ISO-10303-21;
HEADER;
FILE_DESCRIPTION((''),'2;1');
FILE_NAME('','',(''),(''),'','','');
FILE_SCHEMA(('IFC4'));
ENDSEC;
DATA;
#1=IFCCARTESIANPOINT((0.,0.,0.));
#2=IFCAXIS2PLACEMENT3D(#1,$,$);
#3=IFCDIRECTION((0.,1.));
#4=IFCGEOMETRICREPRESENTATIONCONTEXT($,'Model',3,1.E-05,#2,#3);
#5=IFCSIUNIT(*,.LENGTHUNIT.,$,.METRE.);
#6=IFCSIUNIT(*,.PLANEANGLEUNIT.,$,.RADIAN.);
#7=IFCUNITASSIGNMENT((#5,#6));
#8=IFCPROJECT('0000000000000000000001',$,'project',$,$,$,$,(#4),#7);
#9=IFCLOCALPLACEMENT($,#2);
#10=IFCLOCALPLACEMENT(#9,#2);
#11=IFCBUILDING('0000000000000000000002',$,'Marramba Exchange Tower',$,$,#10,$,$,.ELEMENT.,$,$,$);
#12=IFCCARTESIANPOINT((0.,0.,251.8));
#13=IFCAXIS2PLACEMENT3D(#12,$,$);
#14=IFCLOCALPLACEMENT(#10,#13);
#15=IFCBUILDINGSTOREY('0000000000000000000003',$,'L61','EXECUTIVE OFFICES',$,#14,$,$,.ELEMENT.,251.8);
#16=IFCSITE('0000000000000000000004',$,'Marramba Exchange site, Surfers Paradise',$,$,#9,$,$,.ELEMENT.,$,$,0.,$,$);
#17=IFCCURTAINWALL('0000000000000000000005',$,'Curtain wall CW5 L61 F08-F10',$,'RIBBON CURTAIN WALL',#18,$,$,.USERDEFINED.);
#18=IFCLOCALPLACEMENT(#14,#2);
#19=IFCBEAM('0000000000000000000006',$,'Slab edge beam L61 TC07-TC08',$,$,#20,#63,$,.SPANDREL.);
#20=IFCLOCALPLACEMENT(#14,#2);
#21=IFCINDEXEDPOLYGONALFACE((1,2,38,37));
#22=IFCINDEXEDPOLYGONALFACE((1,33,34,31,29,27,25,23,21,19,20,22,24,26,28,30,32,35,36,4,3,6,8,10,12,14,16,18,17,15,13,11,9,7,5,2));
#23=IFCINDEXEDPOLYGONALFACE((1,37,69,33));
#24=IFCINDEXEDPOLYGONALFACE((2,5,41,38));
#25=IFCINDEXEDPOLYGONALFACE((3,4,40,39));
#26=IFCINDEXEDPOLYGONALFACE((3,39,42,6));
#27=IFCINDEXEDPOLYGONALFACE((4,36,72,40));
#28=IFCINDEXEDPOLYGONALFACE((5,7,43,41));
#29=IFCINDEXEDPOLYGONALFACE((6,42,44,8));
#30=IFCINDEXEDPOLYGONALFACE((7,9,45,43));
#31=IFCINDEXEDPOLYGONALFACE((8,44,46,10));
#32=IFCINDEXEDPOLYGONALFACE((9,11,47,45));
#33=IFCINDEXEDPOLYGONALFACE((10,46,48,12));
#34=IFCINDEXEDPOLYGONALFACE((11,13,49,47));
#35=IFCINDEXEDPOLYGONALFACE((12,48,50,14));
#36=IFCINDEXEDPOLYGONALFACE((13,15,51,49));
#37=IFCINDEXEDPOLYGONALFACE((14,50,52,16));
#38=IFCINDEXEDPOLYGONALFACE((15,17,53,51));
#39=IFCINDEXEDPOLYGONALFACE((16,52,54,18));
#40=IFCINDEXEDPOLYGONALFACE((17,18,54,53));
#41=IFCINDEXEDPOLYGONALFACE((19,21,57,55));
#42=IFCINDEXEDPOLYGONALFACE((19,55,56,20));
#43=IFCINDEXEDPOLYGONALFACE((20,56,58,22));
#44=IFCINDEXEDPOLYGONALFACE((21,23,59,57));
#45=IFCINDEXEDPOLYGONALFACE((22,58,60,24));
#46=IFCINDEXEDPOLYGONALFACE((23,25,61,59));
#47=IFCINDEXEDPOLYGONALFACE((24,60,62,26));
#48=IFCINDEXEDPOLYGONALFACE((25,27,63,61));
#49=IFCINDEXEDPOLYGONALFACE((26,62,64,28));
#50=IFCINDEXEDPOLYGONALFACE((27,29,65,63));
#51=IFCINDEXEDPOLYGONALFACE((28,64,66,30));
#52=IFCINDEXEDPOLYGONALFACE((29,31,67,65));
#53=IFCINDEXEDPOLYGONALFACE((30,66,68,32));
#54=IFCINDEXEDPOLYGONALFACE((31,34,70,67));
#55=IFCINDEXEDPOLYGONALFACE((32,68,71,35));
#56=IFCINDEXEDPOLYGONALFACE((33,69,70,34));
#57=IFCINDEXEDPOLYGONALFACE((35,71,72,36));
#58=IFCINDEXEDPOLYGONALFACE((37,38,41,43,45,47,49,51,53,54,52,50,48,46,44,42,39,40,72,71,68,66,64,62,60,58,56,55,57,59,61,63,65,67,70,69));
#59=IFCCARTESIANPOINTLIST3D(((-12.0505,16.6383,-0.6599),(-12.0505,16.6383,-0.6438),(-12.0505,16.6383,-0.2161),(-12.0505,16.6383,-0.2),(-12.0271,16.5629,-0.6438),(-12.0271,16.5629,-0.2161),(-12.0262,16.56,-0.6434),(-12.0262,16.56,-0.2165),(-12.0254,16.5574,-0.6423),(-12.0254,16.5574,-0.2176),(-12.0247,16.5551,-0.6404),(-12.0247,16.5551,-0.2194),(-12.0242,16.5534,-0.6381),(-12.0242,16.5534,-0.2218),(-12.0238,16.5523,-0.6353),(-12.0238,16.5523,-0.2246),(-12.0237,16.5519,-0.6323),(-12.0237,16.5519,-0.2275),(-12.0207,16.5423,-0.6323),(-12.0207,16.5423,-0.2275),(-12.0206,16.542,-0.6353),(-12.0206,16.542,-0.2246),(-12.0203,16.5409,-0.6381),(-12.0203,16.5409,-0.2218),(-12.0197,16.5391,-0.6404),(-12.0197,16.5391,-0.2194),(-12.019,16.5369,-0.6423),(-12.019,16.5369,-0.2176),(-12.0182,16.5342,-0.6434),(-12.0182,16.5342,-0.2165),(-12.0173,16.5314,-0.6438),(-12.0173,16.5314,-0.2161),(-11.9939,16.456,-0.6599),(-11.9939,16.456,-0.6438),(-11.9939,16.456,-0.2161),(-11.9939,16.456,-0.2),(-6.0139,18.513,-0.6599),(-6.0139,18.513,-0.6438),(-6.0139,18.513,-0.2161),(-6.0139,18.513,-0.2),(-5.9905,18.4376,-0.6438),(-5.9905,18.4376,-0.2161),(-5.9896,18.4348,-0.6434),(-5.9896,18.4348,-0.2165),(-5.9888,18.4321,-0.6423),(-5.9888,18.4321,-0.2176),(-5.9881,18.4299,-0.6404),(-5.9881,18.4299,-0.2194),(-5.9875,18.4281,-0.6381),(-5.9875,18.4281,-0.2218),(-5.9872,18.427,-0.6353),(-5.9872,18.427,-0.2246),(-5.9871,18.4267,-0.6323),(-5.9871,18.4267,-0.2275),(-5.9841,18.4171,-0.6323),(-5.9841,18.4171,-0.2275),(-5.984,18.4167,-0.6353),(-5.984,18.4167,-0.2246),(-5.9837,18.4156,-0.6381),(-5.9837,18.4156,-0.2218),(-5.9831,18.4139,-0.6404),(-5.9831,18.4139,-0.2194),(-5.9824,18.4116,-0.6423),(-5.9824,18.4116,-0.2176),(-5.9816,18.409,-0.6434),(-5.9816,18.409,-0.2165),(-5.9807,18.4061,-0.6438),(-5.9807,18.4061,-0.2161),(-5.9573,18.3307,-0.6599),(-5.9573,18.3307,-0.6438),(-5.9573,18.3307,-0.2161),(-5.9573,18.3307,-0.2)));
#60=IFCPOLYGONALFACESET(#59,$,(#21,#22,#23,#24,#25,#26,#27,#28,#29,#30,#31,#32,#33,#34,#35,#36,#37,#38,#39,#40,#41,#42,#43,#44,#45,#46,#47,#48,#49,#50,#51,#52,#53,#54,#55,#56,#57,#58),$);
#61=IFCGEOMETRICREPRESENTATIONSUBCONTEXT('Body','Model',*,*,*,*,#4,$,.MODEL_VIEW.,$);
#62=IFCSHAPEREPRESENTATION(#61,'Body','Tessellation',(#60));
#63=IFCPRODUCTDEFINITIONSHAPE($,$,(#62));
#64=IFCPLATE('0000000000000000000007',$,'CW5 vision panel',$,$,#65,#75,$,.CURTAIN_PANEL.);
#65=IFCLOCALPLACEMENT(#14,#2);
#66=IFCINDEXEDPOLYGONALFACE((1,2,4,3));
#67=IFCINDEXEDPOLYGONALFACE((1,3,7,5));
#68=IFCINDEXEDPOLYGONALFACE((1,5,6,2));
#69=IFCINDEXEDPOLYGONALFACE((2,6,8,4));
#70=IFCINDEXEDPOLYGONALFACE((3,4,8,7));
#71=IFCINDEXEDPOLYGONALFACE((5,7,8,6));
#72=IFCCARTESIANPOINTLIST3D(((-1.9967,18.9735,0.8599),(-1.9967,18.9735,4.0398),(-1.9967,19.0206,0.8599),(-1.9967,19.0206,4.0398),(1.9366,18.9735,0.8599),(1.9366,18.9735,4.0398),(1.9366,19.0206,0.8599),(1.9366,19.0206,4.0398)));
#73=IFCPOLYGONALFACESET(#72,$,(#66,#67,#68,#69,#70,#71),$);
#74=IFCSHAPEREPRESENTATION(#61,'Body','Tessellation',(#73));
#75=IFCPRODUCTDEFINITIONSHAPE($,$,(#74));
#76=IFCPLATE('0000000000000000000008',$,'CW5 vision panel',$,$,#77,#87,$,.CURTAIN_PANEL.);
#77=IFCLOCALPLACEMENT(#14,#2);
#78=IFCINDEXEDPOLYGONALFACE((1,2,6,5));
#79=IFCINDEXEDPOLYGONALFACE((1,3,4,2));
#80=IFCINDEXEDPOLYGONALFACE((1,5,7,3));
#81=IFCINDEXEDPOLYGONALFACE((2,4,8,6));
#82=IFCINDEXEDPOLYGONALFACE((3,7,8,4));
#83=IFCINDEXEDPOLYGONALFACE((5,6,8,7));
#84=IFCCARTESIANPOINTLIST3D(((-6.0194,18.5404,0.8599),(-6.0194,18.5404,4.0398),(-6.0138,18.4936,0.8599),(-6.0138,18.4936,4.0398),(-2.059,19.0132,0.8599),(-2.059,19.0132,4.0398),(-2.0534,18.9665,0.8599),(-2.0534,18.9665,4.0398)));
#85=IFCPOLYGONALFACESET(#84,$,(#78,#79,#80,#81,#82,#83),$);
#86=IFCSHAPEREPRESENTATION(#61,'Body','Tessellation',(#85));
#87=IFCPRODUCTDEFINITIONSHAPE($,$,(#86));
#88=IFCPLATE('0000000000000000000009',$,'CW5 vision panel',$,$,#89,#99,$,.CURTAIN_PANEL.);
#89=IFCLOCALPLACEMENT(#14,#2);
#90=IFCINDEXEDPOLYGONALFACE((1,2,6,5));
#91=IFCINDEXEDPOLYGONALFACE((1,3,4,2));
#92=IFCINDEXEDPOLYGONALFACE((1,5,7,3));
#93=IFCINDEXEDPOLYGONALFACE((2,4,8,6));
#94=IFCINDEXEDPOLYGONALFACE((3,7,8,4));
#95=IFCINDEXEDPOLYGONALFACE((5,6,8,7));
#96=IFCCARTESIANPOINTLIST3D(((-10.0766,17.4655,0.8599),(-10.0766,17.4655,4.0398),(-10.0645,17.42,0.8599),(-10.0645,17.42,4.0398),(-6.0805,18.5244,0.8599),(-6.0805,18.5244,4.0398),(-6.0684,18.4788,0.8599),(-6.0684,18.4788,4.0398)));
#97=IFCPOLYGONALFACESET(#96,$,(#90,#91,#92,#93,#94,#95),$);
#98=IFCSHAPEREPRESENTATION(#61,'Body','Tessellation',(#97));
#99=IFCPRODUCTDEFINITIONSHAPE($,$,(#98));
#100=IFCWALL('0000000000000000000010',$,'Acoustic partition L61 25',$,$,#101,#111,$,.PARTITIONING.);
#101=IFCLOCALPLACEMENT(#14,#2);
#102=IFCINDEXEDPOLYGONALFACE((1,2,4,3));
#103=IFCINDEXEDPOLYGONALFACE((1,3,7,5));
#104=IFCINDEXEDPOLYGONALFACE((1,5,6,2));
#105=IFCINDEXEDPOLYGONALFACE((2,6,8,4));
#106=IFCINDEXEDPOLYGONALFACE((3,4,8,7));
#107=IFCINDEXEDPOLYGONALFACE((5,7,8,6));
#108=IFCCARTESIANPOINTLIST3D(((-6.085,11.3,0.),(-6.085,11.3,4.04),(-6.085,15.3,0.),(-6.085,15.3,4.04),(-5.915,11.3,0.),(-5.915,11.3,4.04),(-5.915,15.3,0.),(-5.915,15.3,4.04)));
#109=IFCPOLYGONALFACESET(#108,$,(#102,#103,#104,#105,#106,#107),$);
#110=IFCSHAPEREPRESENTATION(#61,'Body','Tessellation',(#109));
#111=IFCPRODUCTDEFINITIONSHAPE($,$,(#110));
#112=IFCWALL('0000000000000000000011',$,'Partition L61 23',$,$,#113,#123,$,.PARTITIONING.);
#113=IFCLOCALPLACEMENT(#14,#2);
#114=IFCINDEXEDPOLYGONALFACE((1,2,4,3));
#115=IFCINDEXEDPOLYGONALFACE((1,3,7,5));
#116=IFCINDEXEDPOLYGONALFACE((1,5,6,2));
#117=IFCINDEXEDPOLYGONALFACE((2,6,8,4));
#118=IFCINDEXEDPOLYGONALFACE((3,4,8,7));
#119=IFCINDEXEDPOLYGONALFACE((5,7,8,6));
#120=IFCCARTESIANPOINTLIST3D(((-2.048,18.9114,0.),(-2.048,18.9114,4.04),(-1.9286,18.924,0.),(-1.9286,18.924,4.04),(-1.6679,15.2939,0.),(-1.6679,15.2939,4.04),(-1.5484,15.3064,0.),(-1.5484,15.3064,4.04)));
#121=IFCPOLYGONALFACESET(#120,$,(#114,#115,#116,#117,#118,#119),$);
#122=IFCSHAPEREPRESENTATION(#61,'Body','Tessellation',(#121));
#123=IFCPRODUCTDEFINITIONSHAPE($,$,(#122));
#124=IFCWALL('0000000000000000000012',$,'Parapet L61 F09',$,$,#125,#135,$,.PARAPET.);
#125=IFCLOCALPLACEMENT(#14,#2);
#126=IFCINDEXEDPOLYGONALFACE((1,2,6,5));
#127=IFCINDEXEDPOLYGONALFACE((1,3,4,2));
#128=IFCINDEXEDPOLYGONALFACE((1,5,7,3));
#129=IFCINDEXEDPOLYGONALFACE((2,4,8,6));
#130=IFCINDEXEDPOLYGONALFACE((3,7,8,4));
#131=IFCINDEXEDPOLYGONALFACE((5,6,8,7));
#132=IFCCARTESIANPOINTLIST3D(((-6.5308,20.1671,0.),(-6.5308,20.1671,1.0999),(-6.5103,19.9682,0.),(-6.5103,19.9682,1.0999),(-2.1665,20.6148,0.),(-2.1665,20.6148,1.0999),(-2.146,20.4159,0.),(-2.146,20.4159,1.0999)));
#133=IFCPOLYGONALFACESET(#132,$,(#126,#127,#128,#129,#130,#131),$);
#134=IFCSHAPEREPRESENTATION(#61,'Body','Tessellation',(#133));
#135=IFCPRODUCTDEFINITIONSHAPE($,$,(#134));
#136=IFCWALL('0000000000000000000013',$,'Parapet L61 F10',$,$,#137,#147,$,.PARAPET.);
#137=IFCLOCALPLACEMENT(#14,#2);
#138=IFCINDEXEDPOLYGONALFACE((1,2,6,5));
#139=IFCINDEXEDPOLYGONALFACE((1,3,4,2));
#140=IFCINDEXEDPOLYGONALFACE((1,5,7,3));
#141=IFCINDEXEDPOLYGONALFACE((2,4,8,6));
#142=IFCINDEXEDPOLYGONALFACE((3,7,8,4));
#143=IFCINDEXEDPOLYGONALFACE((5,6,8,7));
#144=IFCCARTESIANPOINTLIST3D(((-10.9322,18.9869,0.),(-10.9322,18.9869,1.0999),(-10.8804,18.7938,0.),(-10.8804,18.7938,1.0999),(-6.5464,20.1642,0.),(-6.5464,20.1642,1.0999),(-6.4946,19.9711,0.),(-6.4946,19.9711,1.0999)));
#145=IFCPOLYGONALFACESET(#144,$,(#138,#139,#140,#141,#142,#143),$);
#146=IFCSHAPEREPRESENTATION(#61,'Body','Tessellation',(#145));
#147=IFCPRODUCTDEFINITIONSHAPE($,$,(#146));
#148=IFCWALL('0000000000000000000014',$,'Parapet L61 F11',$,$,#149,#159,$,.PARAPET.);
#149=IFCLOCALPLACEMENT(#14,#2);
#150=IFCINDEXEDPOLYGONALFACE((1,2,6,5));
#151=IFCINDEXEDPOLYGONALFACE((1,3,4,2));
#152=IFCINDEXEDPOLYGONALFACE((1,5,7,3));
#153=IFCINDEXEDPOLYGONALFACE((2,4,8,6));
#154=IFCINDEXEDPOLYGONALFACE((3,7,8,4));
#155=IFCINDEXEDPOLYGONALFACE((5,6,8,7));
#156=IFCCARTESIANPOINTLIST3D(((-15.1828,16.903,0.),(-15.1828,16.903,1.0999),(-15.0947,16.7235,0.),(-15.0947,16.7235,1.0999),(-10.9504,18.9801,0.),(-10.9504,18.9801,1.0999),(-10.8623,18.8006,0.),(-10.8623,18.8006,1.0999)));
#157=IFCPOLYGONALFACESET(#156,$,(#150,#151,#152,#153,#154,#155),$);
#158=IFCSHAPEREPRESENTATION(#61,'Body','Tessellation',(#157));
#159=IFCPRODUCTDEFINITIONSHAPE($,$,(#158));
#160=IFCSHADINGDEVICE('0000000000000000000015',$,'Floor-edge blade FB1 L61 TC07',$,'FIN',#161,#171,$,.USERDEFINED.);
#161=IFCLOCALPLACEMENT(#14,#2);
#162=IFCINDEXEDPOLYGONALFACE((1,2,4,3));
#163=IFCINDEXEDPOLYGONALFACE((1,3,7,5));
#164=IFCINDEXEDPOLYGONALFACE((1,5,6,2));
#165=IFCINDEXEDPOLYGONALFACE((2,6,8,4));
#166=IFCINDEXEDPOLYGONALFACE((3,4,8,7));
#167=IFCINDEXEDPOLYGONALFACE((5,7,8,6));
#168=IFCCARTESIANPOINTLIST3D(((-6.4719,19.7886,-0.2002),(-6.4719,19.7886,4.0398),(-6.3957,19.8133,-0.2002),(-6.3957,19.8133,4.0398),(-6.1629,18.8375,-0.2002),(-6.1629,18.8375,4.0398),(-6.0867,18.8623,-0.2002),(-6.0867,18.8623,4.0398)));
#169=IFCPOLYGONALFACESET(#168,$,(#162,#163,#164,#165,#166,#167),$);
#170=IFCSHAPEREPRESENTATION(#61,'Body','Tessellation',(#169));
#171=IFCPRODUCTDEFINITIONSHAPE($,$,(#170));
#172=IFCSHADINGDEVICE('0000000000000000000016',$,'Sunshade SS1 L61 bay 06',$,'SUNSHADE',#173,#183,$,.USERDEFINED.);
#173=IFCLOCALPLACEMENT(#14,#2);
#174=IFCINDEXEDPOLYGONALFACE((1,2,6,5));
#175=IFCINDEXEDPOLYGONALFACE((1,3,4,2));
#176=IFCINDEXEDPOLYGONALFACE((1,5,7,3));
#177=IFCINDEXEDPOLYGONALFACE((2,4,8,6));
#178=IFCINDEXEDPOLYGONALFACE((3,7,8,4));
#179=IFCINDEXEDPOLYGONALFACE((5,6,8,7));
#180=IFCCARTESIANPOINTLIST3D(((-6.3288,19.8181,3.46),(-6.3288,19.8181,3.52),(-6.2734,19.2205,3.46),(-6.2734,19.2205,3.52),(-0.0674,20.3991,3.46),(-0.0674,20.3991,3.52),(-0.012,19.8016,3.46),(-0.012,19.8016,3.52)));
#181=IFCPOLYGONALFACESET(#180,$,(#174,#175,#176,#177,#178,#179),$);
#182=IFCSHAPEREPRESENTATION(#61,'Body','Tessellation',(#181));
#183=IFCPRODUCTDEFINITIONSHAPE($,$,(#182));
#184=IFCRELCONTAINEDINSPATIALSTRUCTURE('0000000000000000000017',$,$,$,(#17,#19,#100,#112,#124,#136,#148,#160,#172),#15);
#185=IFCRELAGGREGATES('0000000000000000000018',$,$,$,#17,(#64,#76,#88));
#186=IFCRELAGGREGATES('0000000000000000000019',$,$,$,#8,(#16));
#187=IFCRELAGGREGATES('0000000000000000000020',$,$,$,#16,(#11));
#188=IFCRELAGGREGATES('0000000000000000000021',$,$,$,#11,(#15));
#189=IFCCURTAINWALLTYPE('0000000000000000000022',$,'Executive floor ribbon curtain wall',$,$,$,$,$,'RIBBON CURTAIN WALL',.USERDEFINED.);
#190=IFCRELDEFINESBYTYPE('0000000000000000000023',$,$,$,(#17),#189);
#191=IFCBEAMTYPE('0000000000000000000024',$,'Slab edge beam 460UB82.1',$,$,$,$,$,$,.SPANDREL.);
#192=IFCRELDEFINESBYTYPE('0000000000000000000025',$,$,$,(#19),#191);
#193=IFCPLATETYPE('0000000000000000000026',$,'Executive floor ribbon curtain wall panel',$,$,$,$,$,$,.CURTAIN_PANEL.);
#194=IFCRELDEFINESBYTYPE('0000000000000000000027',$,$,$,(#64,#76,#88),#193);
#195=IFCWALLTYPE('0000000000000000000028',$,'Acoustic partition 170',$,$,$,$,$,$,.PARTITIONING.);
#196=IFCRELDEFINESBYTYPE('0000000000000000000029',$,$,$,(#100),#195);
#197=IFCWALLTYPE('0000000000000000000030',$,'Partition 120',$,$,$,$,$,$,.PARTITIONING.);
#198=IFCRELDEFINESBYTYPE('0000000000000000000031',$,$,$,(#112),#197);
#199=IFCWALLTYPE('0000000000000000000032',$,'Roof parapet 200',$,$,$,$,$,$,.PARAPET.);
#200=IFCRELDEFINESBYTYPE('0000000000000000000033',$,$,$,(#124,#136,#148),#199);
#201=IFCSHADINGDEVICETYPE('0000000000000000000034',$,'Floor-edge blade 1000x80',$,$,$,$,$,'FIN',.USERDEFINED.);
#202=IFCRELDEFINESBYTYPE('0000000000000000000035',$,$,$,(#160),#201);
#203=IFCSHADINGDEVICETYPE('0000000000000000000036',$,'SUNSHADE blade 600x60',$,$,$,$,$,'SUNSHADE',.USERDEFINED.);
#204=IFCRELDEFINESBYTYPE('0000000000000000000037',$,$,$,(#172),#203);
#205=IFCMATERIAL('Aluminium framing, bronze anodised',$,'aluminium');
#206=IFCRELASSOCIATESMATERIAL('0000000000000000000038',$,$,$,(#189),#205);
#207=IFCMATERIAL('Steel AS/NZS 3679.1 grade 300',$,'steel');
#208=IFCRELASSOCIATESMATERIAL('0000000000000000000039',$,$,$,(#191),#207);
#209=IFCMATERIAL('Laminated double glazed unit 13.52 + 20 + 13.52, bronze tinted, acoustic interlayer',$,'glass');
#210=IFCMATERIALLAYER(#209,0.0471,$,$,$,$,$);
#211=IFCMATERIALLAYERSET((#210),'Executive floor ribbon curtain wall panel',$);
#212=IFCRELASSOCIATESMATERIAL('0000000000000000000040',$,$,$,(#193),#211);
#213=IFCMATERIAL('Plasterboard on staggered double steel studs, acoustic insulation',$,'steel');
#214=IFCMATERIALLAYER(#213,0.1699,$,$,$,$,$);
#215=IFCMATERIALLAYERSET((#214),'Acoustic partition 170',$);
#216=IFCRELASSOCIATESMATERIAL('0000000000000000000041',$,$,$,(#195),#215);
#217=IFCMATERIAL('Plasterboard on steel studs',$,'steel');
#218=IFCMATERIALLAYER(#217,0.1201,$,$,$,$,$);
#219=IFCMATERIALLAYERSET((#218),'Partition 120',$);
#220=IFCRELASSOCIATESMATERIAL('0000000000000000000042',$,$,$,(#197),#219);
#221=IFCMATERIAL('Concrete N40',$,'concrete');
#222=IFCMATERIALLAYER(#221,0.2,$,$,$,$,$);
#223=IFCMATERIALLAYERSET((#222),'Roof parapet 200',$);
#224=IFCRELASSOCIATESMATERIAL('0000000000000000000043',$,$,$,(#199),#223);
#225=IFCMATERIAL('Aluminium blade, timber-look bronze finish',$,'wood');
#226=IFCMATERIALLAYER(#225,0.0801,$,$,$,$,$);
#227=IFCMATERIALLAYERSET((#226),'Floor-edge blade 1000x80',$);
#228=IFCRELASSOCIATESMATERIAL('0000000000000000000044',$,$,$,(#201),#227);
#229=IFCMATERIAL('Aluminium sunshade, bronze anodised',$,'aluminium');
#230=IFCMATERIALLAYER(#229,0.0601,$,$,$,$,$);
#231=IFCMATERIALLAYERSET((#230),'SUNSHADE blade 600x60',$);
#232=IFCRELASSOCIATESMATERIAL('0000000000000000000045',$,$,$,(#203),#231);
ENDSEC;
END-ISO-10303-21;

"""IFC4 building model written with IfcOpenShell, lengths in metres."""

from ifc_helpers import new_model, si_unit, direction, frame, frame_2d, origin, origin_2d, place, context, subcontext, project, spatial, rectangle, i_section, extrude, material, layer, layer_set, material_profile, profile_set, type_object, element, aggregate, save


model = new_model("IFC4")

# Units and contexts
model_context = context("Model", 3, precision=1e-05, world=origin(), true_north=direction((0.0, 1.0)))
body_context = subcontext(model_context, "Body", "Model", "MODEL_VIEW")
ifc_project = project(units=[si_unit("LENGTHUNIT", "METRE"), si_unit("PLANEANGLEUNIT", "RADIAN")], contexts=[model_context])

# Site, building, storey
site_placement = place(None, origin())
site = spatial("IfcSite", under=ifc_project, at=site_placement, Name="Marramba Exchange site, Surfers Paradise", CompositionType="ELEMENT", RefElevation=0.0)
building_placement = place(site_placement, origin())
building = spatial("IfcBuilding", under=site, at=building_placement, Name="Marramba Exchange Tower", CompositionType="ELEMENT")
storey_placement = place(building_placement, frame((0.0, 0.0, 251.8)))
storey = spatial("IfcBuildingStorey", under=building, at=storey_placement, Name="L61", Description="EXECUTIVE OFFICES", CompositionType="ELEMENT", Elevation=251.8)

# Curtain wall
ifc_material_1 = material(Name="Aluminium framing, bronze anodised", Category="aluminium")
curtain_wall_type = type_object("IfcCurtainWallType", Name="Executive floor ribbon curtain wall", ElementType="RIBBON CURTAIN WALL", PredefinedType="USERDEFINED", material=ifc_material_1)
curtain_wall_1_placement = place(storey_placement, origin())
curtain_wall_1 = element("IfcCurtainWall", 1, at=curtain_wall_1_placement, inside=storey, type_object=curtain_wall_type, Name="Curtain wall CW5 L61 F08-F10", ObjectType="RIBBON CURTAIN WALL", PredefinedType="USERDEFINED")

# Beam
ifc_material_2 = material(Name="Steel AS/NZS 3679.1 grade 300", Category="steel")
ifc_material_profile_1 = material_profile(ifc_material_2, i_section(OverallWidth=0.1909, OverallDepth=0.46, WebThickness=0.01, FlangeThickness=0.0161, FilletRadius=0.0115, at=origin_2d()), Name="460UB82.1")
ifc_profile_set_1 = profile_set([ifc_material_profile_1], Name="Steel AS/NZS 3679.1 grade 300")
beam_type_1 = type_object("IfcBeamType", Name="Slab edge beam 460UB82.1", PredefinedType="SPANDREL", material=ifc_profile_set_1)
beam_1_placement = place(storey_placement, frame((-5.9856, 18.4219, -0.4299), z_axis=(-0.955005, -0.29659, 0.0), x_axis=(0.29659, -0.955005, 0.0)))
element("IfcBeam", 2, at=beam_1_placement, inside=storey, type_object=beam_type_1, Name="Slab edge beam L61 TC07-TC08", PredefinedType="SPANDREL", context=body_context, shape_type="SweptSolid", body=[
    extrude(i_section(OverallWidth=0.1909, OverallDepth=0.46, WebThickness=0.01, FlangeThickness=0.0161, FilletRadius=0.0115, at=origin_2d()), origin(), (0.0, 0.0, 1.0), 6.321),
])

# Plates
ifc_material_3 = material(Name="Laminated double glazed unit 13.52 + 20 + 13.52, bronze tinted, acoustic interlayer", Category="glass")
ifc_layer_1 = layer(ifc_material_3, 0.0471)
ifc_layer_set_1 = layer_set([ifc_layer_1], Name="Executive floor ribbon curtain wall panel")
plate_type = type_object("IfcPlateType", Name="Executive floor ribbon curtain wall panel", PredefinedType="CURTAIN_PANEL", material=ifc_layer_set_1)
plate_1_placement = place(storey_placement, frame((-0.03, 18.9971, 0.8599), z_axis=(0.0, 0.0, 1.0), x_axis=(-1.0, 0.0, 0.0)))
plate_1 = element("IfcPlate", 3, at=plate_1_placement, type_object=plate_type, Name="CW5 vision panel", PredefinedType="CURTAIN_PANEL", context=body_context, shape_type="SweptSolid", body=[
    extrude(rectangle(XDim=3.9333, YDim=0.0471, at=origin_2d()), origin(), (0.0, 0.0, 1.0), 3.1799),
])
plate_2_placement = place(storey_placement, frame((-4.0364, 18.7534, 0.8599), z_axis=(0.0, 0.0, 1.0), x_axis=(-0.992947, -0.118557, 0.0)))
plate_2 = element("IfcPlate", 4, at=plate_2_placement, type_object=plate_type, Name="CW5 vision panel", PredefinedType="CURTAIN_PANEL", context=body_context, shape_type="SweptSolid", body=[
    extrude(rectangle(XDim=3.9885, YDim=0.0471, at=origin_2d()), origin(), (0.0, 0.0, 1.0), 3.1799),
])
plate_3_placement = place(storey_placement, frame((-8.0725, 17.9722, 0.8599), z_axis=(0.0, 0.0, 1.0), x_axis=(-0.966644, -0.256126, 0.0)))
plate_3 = element("IfcPlate", 5, at=plate_3_placement, type_object=plate_type, Name="CW5 vision panel", PredefinedType="CURTAIN_PANEL", context=body_context, shape_type="SweptSolid", body=[
    extrude(rectangle(XDim=4.134, YDim=0.0471, at=origin_2d()), origin(), (0.0, 0.0, 1.0), 3.1799),
])
aggregate(curtain_wall_1, [plate_1, plate_2, plate_3])

# Walls
ifc_material_4 = material(Name="Plasterboard on staggered double steel studs, acoustic insulation", Category="steel")
ifc_layer_2 = layer(ifc_material_4, 0.1699)
ifc_layer_set_2 = layer_set([ifc_layer_2], Name="Acoustic partition 170")
wall_type_1 = type_object("IfcWallType", Name="Acoustic partition 170", PredefinedType="PARTITIONING", material=ifc_layer_set_2)
wall_1_placement = place(storey_placement, frame((-6.0, 15.3, 0.0), z_axis=(0.0, 0.0, 1.0), x_axis=(0.0, -1.0, 0.0)))
element("IfcWall", 6, at=wall_1_placement, inside=storey, type_object=wall_type_1, Name="Acoustic partition L61 25", PredefinedType="PARTITIONING", context=body_context, shape_type="SweptSolid", body=[
    extrude(rectangle(XDim=4.0, YDim=0.1699, at=frame_2d((2.0, 0.0))), origin(), (0.0, 0.0, 1.0), 4.04),
])
ifc_material_5 = material(Name="Plasterboard on steel studs", Category="steel")
ifc_layer_3 = layer(ifc_material_5, 0.1201)
ifc_layer_set_3 = layer_set([ifc_layer_3], Name="Partition 120")
wall_type_2 = type_object("IfcWallType", Name="Partition 120", PredefinedType="PARTITIONING", material=ifc_layer_set_3)
wall_2_placement = place(storey_placement, frame((-1.6082, 15.3, 0.0), z_axis=(0.0, 0.0, 1.0), x_axis=(-0.104507, 0.994524, 0.0)))
element("IfcWall", 7, at=wall_2_placement, inside=storey, type_object=wall_type_2, Name="Partition L61 23", PredefinedType="PARTITIONING", context=body_context, shape_type="SweptSolid", body=[
    extrude(rectangle(XDim=3.6375, YDim=0.1201, at=frame_2d((1.8188, 0.0))), origin(), (0.0, 0.0, 1.0), 4.04),
])
ifc_material_6 = material(Name="Concrete N40", Category="concrete")
ifc_layer_4 = layer(ifc_material_6, 0.2)
ifc_layer_set_4 = layer_set([ifc_layer_4], Name="Roof parapet 200")
wall_type_3 = type_object("IfcWallType", Name="Roof parapet 200", PredefinedType="PARAPET", material=ifc_layer_set_4)
wall_3_placement = place(storey_placement, frame((-2.1562, 20.5154, 0.0), z_axis=(0.0, 0.0, 1.0), x_axis=(-0.994778, -0.10206, 0.0)))
element("IfcWall", 8, at=wall_3_placement, inside=storey, type_object=wall_type_3, Name="Parapet L61 F09", PredefinedType="PARAPET", context=body_context, shape_type="SweptSolid", body=[
    extrude(rectangle(XDim=4.3872, YDim=0.2, at=frame_2d((2.1936, 0.0))), origin(), (0.0, 0.0, 1.0), 1.0999),
])
wall_4_placement = place(storey_placement, frame((-6.5205, 20.0676, 0.0), z_axis=(0.0, 0.0, 1.0), x_axis=(-0.965811, -0.259248, 0.0)))
element("IfcWall", 9, at=wall_4_placement, inside=storey, type_object=wall_type_3, Name="Parapet L61 F10", PredefinedType="PARAPET", context=body_context, shape_type="SweptSolid", body=[
    extrude(rectangle(XDim=4.541, YDim=0.2, at=frame_2d((2.2705, 0.0))), origin(), (0.0, 0.0, 1.0), 1.0999),
])
wall_5_placement = place(storey_placement, frame((-10.9062, 18.8904, 0.0), z_axis=(0.0, 0.0, 1.0), x_axis=(-0.897717, -0.440573, 0.0)))
element("IfcWall", 10, at=wall_5_placement, inside=storey, type_object=wall_type_3, Name="Parapet L61 F11", PredefinedType="PARAPET", context=body_context, shape_type="SweptSolid", body=[
    extrude(rectangle(XDim=4.7146, YDim=0.2, at=frame_2d((2.3574, 0.0))), origin(), (0.0, 0.0, 1.0), 1.0999),
])

# Shading devices
ifc_material_7 = material(Name="Aluminium blade, timber-look bronze finish", Category="wood")
ifc_layer_5 = layer(ifc_material_7, 0.0801)
ifc_layer_set_5 = layer_set([ifc_layer_5], Name="Floor-edge blade 1000x80")
shading_device_type_1 = type_object("IfcShadingDeviceType", Name="Floor-edge blade 1000x80", ElementType="FIN", PredefinedType="USERDEFINED", material=ifc_layer_set_5)
shading_device_1_placement = place(storey_placement, frame((-6.2793, 19.3254, -0.2002), z_axis=(0.0, 0.0, 1.0), x_axis=(-0.309017, 0.951057, 0.0)))
element("IfcShadingDevice", 11, at=shading_device_1_placement, inside=storey, type_object=shading_device_type_1, Name="Floor-edge blade FB1 L61 TC07", ObjectType="FIN", PredefinedType="USERDEFINED", context=body_context, shape_type="SweptSolid", body=[
    extrude(rectangle(XDim=1.0, YDim=0.0801, at=origin_2d()), origin(), (0.0, 0.0, 1.0), 4.24),
])
ifc_material_8 = material(Name="Aluminium sunshade, bronze anodised", Category="aluminium")
ifc_layer_6 = layer(ifc_material_8, 0.0601)
ifc_layer_set_6 = layer_set([ifc_layer_6], Name="SUNSHADE blade 600x60")
shading_device_type_2 = type_object("IfcShadingDeviceType", Name="SUNSHADE blade 600x60", ElementType="SUNSHADE", PredefinedType="USERDEFINED", material=ifc_layer_set_6)
shading_device_2_placement = place(storey_placement, frame((-3.1704, 19.8098, 3.46), z_axis=(0.0, 0.0, 1.0), x_axis=(-0.995722, -0.092397, 0.0)))
element("IfcShadingDevice", 12, at=shading_device_2_placement, inside=storey, type_object=shading_device_type_2, Name="Sunshade SS1 L61 bay 06", ObjectType="SUNSHADE", PredefinedType="USERDEFINED", context=body_context, shape_type="SweptSolid", body=[
    extrude(rectangle(XDim=6.2883, YDim=0.6001, at=origin_2d()), origin(), (0.0, 0.0, 1.0), 0.0601),
])

save(model, "model.ifc")
